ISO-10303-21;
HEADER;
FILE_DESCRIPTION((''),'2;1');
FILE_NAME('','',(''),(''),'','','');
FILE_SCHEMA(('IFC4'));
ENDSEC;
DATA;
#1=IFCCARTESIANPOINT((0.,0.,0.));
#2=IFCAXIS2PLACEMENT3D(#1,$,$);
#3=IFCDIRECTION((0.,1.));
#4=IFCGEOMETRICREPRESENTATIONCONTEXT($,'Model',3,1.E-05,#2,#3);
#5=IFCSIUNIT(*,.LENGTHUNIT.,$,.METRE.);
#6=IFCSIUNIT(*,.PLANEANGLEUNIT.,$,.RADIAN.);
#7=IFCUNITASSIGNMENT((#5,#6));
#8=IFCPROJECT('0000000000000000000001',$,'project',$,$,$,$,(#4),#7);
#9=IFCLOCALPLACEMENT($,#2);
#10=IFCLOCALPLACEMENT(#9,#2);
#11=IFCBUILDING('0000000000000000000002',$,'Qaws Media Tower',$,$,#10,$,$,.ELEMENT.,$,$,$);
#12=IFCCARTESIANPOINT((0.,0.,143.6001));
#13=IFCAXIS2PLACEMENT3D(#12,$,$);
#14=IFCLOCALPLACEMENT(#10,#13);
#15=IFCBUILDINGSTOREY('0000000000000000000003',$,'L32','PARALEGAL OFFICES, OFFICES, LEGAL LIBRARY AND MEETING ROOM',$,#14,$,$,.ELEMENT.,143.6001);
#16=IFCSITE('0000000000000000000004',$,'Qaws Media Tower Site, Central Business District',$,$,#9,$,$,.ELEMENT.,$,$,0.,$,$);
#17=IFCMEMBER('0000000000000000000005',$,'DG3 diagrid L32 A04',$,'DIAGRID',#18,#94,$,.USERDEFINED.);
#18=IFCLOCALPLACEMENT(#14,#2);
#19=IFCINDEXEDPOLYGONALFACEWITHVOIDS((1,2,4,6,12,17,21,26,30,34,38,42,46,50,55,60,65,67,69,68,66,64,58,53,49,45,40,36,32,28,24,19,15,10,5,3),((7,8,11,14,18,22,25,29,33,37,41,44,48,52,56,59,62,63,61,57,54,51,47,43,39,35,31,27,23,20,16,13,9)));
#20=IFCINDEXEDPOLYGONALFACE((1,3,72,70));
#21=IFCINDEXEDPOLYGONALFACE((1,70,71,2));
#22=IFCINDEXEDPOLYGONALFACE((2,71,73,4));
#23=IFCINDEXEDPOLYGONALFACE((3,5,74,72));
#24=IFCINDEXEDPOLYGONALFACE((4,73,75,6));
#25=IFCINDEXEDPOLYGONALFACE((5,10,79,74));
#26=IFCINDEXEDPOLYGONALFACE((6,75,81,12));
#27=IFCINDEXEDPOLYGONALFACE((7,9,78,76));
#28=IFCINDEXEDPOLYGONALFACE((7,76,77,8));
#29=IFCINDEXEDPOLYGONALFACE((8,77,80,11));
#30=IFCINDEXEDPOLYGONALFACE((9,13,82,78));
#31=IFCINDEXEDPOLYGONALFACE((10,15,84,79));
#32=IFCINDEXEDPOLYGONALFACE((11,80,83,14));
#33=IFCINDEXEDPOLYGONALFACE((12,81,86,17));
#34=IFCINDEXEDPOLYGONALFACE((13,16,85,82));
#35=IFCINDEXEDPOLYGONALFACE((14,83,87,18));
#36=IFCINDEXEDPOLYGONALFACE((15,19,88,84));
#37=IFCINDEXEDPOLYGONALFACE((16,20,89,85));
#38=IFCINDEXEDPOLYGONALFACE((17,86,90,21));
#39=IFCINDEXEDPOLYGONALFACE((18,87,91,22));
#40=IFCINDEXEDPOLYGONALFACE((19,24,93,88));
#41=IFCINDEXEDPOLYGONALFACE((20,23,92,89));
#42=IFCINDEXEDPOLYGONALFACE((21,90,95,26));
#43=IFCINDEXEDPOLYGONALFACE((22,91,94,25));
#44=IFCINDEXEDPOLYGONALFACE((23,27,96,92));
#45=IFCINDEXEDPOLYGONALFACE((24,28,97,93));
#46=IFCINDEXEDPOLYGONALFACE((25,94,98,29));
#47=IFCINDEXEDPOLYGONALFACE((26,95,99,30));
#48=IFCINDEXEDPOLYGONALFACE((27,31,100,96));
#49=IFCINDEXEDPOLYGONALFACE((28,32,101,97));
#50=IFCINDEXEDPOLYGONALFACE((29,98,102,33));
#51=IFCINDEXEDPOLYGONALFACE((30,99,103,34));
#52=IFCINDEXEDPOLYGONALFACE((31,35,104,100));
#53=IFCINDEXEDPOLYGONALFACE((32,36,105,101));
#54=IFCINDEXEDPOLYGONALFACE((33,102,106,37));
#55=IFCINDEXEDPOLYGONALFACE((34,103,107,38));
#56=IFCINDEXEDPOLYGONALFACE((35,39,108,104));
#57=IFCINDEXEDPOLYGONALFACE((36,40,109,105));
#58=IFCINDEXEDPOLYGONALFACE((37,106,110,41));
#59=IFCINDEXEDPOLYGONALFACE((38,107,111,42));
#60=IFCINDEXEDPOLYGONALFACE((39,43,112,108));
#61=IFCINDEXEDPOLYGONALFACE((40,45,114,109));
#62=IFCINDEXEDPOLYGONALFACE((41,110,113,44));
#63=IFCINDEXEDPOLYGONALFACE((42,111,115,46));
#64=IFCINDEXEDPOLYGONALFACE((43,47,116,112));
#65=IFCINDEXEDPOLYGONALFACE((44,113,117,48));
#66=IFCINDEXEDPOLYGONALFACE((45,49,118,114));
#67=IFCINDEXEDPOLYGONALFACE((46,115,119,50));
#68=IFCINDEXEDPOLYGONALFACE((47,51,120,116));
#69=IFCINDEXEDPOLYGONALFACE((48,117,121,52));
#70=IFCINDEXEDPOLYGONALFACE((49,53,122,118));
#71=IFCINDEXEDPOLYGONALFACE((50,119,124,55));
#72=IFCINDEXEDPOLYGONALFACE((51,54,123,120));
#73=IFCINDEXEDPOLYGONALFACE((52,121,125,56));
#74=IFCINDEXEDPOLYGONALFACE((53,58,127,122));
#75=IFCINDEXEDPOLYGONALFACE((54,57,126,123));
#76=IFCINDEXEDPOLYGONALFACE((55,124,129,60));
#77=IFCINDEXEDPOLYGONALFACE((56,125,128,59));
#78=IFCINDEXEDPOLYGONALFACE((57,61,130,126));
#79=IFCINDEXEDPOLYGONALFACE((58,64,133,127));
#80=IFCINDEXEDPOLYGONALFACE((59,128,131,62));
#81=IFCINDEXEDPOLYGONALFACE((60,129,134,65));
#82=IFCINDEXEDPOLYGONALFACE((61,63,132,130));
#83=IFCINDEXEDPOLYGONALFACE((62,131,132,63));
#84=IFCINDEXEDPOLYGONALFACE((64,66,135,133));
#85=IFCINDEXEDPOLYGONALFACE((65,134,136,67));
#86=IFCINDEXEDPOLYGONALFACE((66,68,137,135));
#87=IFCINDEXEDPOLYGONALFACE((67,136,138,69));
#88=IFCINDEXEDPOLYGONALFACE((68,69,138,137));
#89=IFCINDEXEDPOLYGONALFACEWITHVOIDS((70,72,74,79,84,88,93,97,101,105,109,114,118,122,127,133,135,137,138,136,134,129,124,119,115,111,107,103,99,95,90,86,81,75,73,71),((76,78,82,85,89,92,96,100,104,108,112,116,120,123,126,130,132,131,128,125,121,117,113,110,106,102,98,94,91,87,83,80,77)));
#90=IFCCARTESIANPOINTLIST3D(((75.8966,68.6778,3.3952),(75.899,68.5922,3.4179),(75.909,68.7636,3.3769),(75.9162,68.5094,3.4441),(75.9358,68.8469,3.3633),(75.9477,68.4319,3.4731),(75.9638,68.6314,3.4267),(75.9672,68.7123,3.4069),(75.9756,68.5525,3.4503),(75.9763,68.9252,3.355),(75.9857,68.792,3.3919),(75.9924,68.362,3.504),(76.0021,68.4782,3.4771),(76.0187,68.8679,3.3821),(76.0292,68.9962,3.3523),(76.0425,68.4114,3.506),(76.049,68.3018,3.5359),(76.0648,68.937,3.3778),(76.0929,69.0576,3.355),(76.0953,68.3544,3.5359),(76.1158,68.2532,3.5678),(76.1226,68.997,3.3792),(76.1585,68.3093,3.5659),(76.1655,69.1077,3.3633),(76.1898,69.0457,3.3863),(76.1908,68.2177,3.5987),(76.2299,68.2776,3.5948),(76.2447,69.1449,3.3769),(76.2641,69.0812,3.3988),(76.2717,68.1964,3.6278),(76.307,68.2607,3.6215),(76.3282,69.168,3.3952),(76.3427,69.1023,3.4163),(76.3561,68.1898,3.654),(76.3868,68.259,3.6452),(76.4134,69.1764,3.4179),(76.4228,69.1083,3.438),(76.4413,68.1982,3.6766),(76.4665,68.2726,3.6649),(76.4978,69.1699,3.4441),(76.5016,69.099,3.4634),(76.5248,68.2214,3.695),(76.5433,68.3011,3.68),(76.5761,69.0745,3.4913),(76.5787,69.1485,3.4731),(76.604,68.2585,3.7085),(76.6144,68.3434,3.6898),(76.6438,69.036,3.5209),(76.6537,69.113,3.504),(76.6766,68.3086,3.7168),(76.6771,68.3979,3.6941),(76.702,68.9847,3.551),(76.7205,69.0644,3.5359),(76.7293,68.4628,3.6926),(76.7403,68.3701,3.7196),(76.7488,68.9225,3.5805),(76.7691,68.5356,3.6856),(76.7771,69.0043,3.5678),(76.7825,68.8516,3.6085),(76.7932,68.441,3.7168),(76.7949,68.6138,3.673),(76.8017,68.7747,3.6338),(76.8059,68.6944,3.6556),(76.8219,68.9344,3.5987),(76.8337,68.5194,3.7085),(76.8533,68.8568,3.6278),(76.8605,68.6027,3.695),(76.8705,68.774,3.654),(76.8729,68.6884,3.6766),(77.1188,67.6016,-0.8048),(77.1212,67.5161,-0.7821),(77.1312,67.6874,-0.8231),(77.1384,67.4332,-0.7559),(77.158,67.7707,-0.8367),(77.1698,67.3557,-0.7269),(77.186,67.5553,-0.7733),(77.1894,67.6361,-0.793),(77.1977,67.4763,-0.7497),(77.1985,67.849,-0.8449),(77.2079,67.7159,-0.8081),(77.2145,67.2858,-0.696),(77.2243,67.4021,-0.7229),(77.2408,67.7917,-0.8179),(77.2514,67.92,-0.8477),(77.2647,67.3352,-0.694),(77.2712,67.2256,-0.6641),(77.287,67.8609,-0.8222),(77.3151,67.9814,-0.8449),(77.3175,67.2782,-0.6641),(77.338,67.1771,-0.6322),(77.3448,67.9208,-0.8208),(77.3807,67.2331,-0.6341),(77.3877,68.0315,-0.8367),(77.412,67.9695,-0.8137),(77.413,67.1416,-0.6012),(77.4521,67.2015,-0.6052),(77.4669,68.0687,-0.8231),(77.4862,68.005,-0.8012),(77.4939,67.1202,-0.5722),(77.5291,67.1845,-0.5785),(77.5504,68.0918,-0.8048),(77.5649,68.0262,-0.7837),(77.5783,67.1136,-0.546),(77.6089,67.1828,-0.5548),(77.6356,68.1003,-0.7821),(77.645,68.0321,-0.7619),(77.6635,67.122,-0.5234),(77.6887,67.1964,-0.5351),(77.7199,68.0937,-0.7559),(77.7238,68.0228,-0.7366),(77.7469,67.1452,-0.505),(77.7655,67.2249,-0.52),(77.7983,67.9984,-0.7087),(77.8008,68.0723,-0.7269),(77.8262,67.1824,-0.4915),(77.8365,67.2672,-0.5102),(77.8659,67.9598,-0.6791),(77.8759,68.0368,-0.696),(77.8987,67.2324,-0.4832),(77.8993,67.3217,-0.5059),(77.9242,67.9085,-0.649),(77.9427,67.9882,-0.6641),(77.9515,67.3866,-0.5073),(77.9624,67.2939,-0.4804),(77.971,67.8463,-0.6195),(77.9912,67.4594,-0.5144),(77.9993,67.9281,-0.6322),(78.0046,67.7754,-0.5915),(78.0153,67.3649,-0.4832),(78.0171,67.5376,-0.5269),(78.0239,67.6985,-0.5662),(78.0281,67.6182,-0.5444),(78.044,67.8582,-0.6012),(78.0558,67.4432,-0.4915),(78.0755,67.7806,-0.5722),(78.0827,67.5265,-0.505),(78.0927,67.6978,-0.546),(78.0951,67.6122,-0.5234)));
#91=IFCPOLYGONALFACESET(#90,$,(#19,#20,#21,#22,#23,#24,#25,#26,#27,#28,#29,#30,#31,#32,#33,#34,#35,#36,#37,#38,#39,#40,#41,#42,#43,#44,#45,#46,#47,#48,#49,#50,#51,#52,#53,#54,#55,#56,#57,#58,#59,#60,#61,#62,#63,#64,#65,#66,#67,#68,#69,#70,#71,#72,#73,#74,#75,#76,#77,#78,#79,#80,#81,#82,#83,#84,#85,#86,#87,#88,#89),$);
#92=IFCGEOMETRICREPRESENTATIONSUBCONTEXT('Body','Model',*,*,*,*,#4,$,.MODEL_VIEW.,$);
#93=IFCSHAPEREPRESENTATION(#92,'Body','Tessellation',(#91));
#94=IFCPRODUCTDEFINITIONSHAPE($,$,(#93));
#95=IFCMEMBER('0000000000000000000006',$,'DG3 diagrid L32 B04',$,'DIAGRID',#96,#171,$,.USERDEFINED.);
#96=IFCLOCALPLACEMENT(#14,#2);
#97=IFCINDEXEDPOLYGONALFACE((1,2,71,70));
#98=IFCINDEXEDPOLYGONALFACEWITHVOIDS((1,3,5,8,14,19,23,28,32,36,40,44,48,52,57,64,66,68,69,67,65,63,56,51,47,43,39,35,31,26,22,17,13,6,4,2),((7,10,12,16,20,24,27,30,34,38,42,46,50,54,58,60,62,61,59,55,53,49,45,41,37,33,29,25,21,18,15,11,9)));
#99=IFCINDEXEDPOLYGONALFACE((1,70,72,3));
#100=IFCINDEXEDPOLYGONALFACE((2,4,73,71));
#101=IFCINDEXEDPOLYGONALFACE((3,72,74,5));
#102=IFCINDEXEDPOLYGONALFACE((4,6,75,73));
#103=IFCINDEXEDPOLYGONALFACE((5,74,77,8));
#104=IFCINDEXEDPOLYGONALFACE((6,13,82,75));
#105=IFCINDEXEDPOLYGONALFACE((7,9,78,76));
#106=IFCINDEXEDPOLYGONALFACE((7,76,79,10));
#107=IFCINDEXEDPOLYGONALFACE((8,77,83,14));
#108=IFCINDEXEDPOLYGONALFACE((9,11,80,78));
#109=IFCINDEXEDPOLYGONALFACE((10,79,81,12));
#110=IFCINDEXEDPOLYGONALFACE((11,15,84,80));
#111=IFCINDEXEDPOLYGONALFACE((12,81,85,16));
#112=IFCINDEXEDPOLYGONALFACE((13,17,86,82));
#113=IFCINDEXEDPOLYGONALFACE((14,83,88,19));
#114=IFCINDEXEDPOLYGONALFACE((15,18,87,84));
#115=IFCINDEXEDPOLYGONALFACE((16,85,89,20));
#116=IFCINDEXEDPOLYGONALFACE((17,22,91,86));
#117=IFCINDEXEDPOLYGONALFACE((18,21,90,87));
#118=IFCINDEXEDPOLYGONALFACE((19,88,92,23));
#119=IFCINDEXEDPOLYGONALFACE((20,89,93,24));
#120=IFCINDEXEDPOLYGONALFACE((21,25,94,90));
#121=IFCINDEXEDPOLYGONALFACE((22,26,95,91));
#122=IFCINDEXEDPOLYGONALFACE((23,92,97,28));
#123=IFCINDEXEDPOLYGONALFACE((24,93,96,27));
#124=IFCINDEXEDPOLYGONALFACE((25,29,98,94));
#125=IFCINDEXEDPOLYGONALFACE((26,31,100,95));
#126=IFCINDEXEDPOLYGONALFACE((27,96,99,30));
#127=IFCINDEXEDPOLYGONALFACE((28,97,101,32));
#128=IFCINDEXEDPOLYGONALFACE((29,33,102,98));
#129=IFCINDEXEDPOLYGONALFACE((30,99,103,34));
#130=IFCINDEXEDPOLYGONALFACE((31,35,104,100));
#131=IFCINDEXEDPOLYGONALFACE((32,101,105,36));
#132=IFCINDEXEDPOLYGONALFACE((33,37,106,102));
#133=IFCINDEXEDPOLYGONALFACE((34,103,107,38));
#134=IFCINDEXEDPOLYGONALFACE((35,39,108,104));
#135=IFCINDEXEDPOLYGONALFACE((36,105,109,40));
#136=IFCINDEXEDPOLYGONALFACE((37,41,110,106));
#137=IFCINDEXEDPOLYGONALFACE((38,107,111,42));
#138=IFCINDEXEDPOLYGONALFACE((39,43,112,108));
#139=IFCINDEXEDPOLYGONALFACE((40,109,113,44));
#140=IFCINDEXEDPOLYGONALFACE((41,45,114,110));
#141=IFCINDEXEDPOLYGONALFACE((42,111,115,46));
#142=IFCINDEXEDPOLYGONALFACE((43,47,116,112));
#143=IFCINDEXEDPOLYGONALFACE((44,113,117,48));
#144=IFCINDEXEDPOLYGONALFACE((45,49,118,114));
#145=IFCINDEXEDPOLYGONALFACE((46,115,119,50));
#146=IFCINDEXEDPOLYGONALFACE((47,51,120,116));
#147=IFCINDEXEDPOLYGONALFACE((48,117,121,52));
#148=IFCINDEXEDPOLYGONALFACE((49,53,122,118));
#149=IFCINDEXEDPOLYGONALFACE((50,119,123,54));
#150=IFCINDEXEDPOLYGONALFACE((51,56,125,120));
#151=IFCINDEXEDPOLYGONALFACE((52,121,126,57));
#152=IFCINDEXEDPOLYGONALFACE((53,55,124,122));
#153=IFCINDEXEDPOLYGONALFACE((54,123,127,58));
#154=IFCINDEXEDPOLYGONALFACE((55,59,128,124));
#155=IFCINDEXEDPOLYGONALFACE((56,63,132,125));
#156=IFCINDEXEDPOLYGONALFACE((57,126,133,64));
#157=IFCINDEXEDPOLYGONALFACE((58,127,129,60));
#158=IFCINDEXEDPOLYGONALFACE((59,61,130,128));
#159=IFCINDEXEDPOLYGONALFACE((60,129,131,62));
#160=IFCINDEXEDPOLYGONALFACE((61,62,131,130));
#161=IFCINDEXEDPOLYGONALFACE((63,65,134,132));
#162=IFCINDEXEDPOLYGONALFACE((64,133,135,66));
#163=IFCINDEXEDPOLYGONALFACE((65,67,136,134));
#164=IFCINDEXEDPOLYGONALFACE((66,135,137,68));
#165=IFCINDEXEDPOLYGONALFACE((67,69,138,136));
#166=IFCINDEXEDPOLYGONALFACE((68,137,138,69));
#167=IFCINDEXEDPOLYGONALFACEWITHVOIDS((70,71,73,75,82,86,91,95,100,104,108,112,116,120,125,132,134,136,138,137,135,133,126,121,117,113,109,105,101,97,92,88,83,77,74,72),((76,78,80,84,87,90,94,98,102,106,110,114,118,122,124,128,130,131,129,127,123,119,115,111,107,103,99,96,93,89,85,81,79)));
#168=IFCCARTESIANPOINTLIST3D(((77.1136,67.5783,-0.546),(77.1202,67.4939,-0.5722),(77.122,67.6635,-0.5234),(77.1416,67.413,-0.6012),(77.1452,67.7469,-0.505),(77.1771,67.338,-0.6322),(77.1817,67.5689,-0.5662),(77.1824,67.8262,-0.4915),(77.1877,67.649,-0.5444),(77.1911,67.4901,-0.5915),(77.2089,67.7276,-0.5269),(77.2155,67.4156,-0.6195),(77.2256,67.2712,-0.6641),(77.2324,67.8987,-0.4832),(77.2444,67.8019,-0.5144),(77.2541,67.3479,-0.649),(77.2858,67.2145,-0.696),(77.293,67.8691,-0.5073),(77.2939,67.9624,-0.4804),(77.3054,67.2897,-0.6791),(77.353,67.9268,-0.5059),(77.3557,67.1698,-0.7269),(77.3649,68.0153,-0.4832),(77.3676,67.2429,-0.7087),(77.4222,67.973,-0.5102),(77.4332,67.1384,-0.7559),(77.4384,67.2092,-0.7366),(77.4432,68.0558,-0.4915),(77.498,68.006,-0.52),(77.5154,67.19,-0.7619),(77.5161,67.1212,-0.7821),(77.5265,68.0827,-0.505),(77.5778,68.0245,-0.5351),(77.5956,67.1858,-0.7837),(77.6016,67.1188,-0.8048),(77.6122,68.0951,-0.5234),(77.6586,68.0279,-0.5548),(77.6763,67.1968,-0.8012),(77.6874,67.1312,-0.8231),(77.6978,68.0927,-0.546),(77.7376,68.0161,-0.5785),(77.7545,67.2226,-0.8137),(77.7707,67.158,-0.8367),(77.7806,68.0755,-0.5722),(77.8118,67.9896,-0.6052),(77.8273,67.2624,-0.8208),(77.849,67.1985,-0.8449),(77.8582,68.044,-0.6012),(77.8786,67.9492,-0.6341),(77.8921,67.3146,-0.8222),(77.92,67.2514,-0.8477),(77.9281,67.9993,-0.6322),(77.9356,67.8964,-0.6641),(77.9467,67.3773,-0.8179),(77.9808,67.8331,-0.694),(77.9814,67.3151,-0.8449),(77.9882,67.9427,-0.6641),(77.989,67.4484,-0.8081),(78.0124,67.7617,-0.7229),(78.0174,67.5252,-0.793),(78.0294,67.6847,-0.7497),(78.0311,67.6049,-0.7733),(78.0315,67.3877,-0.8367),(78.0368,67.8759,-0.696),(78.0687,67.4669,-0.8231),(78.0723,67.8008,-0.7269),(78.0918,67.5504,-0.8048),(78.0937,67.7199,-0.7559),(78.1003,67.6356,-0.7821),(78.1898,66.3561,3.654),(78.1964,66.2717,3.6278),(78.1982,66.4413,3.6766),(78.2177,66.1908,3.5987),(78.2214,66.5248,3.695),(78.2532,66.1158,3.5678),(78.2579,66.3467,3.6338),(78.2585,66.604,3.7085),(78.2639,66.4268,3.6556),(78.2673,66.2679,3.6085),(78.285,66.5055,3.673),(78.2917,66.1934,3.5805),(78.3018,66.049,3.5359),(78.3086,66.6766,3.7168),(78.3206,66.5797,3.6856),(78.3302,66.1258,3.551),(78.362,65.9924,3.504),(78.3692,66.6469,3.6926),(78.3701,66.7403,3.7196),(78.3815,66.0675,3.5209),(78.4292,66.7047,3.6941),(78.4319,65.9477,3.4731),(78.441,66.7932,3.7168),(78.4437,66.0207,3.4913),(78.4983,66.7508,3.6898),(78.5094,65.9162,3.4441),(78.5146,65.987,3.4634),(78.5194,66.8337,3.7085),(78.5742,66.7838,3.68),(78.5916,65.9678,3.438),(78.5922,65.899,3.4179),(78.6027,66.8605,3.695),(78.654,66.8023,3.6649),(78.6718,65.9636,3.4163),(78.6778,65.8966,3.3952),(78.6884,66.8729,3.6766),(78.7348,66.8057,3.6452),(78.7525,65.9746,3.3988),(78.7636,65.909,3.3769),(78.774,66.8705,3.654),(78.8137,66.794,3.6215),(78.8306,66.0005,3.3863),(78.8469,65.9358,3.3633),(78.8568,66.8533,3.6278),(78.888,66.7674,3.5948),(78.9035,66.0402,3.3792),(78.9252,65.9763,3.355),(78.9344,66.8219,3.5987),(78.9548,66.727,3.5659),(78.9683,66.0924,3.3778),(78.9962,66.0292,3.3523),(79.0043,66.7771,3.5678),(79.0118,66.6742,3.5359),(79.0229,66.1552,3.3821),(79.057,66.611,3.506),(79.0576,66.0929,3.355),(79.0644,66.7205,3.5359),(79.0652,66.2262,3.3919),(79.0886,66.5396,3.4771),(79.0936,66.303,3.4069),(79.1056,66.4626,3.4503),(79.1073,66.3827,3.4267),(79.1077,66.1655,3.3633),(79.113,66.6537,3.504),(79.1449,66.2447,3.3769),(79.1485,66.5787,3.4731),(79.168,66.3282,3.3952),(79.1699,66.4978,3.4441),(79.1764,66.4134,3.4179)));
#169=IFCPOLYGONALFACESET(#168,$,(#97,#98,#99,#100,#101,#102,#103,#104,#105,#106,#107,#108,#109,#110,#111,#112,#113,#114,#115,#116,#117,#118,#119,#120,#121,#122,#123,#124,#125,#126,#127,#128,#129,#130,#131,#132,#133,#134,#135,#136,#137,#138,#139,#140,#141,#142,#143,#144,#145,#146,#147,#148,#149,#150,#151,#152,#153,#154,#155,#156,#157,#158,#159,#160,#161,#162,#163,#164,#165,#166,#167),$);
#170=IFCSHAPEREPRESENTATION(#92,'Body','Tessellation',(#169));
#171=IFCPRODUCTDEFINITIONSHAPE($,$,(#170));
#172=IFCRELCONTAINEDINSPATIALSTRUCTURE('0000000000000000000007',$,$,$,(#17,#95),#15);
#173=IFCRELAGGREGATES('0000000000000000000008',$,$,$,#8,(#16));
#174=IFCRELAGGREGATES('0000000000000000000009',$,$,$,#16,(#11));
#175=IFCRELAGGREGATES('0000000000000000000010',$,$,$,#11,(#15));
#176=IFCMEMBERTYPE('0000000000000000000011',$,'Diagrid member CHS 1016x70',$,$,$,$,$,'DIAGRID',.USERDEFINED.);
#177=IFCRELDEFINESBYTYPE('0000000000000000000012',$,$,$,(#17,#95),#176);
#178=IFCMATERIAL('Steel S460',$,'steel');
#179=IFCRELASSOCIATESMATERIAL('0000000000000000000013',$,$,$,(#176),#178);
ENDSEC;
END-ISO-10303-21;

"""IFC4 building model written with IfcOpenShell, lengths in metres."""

from ifc_helpers import new_model, si_unit, direction, frame, origin, origin_2d, place, context, subcontext, project, spatial, hollow_circle, extrude, material, material_profile, profile_set, type_object, element, save


model = new_model("IFC4")

# Units and contexts
model_context = context("Model", 3, precision=1e-05, world=origin(), true_north=direction((0.0, 1.0)))
body_context = subcontext(model_context, "Body", "Model", "MODEL_VIEW")
ifc_project = project(units=[si_unit("LENGTHUNIT", "METRE"), si_unit("PLANEANGLEUNIT", "RADIAN")], contexts=[model_context])

# Site, building, storey
site_placement = place(None, origin())
site = spatial("IfcSite", under=ifc_project, at=site_placement, Name="Qaws Media Tower Site, Central Business District", CompositionType="ELEMENT", RefElevation=0.0)
building_placement = place(site_placement, origin())
building = spatial("IfcBuilding", under=site, at=building_placement, Name="Qaws Media Tower", CompositionType="ELEMENT")
storey_placement = place(building_placement, frame((0.0, 0.0, 143.6001)))
storey = spatial("IfcBuildingStorey", under=building, at=storey_placement, Name="L32", Description="PARALEGAL OFFICES, OFFICES, LEGAL LIBRARY AND MEETING ROOM", CompositionType="ELEMENT", Elevation=143.6001)

# Members
ifc_material_1 = material(Name="Steel S460", Category="steel")
ifc_material_profile_1 = material_profile(ifc_material_1, hollow_circle(Radius=0.5081, WallThickness=0.0701, at=origin_2d()), Name="CHS 1016x70")
ifc_profile_set_1 = profile_set([ifc_material_profile_1], Name="Steel S460")
member_type_1 = type_object("IfcMemberType", Name="Diagrid member CHS 1016x70", ElementType="DIAGRID", PredefinedType="USERDEFINED", material=ifc_profile_set_1)
for number, where, z_axis, x_axis, name in (
    (1, (77.6069, 67.6069, -0.6641), (-0.271315, 0.238905, 0.932369), (-0.660858, -0.750511, 0.0), "DG3 diagrid L32 A04"),
    (2, (77.6069, 67.6069, -0.6641), (0.238905, -0.271315, 0.932369), (0.750511, 0.660858, 0.0), "DG3 diagrid L32 B04"),
):
    element("IfcMember", number, at=place(storey_placement, frame(where, z_axis=z_axis, x_axis=x_axis)), inside=storey, type_object=member_type_1, Name=name, ObjectType="DIAGRID", PredefinedType="USERDEFINED", context=body_context, shape_type="SweptSolid", body=[
        extrude(hollow_circle(Radius=0.5081, WallThickness=0.0701, at=origin_2d()), origin(), (0.0, 0.0, 1.0), 4.5046),
    ])

save(model, "model.ifc")
